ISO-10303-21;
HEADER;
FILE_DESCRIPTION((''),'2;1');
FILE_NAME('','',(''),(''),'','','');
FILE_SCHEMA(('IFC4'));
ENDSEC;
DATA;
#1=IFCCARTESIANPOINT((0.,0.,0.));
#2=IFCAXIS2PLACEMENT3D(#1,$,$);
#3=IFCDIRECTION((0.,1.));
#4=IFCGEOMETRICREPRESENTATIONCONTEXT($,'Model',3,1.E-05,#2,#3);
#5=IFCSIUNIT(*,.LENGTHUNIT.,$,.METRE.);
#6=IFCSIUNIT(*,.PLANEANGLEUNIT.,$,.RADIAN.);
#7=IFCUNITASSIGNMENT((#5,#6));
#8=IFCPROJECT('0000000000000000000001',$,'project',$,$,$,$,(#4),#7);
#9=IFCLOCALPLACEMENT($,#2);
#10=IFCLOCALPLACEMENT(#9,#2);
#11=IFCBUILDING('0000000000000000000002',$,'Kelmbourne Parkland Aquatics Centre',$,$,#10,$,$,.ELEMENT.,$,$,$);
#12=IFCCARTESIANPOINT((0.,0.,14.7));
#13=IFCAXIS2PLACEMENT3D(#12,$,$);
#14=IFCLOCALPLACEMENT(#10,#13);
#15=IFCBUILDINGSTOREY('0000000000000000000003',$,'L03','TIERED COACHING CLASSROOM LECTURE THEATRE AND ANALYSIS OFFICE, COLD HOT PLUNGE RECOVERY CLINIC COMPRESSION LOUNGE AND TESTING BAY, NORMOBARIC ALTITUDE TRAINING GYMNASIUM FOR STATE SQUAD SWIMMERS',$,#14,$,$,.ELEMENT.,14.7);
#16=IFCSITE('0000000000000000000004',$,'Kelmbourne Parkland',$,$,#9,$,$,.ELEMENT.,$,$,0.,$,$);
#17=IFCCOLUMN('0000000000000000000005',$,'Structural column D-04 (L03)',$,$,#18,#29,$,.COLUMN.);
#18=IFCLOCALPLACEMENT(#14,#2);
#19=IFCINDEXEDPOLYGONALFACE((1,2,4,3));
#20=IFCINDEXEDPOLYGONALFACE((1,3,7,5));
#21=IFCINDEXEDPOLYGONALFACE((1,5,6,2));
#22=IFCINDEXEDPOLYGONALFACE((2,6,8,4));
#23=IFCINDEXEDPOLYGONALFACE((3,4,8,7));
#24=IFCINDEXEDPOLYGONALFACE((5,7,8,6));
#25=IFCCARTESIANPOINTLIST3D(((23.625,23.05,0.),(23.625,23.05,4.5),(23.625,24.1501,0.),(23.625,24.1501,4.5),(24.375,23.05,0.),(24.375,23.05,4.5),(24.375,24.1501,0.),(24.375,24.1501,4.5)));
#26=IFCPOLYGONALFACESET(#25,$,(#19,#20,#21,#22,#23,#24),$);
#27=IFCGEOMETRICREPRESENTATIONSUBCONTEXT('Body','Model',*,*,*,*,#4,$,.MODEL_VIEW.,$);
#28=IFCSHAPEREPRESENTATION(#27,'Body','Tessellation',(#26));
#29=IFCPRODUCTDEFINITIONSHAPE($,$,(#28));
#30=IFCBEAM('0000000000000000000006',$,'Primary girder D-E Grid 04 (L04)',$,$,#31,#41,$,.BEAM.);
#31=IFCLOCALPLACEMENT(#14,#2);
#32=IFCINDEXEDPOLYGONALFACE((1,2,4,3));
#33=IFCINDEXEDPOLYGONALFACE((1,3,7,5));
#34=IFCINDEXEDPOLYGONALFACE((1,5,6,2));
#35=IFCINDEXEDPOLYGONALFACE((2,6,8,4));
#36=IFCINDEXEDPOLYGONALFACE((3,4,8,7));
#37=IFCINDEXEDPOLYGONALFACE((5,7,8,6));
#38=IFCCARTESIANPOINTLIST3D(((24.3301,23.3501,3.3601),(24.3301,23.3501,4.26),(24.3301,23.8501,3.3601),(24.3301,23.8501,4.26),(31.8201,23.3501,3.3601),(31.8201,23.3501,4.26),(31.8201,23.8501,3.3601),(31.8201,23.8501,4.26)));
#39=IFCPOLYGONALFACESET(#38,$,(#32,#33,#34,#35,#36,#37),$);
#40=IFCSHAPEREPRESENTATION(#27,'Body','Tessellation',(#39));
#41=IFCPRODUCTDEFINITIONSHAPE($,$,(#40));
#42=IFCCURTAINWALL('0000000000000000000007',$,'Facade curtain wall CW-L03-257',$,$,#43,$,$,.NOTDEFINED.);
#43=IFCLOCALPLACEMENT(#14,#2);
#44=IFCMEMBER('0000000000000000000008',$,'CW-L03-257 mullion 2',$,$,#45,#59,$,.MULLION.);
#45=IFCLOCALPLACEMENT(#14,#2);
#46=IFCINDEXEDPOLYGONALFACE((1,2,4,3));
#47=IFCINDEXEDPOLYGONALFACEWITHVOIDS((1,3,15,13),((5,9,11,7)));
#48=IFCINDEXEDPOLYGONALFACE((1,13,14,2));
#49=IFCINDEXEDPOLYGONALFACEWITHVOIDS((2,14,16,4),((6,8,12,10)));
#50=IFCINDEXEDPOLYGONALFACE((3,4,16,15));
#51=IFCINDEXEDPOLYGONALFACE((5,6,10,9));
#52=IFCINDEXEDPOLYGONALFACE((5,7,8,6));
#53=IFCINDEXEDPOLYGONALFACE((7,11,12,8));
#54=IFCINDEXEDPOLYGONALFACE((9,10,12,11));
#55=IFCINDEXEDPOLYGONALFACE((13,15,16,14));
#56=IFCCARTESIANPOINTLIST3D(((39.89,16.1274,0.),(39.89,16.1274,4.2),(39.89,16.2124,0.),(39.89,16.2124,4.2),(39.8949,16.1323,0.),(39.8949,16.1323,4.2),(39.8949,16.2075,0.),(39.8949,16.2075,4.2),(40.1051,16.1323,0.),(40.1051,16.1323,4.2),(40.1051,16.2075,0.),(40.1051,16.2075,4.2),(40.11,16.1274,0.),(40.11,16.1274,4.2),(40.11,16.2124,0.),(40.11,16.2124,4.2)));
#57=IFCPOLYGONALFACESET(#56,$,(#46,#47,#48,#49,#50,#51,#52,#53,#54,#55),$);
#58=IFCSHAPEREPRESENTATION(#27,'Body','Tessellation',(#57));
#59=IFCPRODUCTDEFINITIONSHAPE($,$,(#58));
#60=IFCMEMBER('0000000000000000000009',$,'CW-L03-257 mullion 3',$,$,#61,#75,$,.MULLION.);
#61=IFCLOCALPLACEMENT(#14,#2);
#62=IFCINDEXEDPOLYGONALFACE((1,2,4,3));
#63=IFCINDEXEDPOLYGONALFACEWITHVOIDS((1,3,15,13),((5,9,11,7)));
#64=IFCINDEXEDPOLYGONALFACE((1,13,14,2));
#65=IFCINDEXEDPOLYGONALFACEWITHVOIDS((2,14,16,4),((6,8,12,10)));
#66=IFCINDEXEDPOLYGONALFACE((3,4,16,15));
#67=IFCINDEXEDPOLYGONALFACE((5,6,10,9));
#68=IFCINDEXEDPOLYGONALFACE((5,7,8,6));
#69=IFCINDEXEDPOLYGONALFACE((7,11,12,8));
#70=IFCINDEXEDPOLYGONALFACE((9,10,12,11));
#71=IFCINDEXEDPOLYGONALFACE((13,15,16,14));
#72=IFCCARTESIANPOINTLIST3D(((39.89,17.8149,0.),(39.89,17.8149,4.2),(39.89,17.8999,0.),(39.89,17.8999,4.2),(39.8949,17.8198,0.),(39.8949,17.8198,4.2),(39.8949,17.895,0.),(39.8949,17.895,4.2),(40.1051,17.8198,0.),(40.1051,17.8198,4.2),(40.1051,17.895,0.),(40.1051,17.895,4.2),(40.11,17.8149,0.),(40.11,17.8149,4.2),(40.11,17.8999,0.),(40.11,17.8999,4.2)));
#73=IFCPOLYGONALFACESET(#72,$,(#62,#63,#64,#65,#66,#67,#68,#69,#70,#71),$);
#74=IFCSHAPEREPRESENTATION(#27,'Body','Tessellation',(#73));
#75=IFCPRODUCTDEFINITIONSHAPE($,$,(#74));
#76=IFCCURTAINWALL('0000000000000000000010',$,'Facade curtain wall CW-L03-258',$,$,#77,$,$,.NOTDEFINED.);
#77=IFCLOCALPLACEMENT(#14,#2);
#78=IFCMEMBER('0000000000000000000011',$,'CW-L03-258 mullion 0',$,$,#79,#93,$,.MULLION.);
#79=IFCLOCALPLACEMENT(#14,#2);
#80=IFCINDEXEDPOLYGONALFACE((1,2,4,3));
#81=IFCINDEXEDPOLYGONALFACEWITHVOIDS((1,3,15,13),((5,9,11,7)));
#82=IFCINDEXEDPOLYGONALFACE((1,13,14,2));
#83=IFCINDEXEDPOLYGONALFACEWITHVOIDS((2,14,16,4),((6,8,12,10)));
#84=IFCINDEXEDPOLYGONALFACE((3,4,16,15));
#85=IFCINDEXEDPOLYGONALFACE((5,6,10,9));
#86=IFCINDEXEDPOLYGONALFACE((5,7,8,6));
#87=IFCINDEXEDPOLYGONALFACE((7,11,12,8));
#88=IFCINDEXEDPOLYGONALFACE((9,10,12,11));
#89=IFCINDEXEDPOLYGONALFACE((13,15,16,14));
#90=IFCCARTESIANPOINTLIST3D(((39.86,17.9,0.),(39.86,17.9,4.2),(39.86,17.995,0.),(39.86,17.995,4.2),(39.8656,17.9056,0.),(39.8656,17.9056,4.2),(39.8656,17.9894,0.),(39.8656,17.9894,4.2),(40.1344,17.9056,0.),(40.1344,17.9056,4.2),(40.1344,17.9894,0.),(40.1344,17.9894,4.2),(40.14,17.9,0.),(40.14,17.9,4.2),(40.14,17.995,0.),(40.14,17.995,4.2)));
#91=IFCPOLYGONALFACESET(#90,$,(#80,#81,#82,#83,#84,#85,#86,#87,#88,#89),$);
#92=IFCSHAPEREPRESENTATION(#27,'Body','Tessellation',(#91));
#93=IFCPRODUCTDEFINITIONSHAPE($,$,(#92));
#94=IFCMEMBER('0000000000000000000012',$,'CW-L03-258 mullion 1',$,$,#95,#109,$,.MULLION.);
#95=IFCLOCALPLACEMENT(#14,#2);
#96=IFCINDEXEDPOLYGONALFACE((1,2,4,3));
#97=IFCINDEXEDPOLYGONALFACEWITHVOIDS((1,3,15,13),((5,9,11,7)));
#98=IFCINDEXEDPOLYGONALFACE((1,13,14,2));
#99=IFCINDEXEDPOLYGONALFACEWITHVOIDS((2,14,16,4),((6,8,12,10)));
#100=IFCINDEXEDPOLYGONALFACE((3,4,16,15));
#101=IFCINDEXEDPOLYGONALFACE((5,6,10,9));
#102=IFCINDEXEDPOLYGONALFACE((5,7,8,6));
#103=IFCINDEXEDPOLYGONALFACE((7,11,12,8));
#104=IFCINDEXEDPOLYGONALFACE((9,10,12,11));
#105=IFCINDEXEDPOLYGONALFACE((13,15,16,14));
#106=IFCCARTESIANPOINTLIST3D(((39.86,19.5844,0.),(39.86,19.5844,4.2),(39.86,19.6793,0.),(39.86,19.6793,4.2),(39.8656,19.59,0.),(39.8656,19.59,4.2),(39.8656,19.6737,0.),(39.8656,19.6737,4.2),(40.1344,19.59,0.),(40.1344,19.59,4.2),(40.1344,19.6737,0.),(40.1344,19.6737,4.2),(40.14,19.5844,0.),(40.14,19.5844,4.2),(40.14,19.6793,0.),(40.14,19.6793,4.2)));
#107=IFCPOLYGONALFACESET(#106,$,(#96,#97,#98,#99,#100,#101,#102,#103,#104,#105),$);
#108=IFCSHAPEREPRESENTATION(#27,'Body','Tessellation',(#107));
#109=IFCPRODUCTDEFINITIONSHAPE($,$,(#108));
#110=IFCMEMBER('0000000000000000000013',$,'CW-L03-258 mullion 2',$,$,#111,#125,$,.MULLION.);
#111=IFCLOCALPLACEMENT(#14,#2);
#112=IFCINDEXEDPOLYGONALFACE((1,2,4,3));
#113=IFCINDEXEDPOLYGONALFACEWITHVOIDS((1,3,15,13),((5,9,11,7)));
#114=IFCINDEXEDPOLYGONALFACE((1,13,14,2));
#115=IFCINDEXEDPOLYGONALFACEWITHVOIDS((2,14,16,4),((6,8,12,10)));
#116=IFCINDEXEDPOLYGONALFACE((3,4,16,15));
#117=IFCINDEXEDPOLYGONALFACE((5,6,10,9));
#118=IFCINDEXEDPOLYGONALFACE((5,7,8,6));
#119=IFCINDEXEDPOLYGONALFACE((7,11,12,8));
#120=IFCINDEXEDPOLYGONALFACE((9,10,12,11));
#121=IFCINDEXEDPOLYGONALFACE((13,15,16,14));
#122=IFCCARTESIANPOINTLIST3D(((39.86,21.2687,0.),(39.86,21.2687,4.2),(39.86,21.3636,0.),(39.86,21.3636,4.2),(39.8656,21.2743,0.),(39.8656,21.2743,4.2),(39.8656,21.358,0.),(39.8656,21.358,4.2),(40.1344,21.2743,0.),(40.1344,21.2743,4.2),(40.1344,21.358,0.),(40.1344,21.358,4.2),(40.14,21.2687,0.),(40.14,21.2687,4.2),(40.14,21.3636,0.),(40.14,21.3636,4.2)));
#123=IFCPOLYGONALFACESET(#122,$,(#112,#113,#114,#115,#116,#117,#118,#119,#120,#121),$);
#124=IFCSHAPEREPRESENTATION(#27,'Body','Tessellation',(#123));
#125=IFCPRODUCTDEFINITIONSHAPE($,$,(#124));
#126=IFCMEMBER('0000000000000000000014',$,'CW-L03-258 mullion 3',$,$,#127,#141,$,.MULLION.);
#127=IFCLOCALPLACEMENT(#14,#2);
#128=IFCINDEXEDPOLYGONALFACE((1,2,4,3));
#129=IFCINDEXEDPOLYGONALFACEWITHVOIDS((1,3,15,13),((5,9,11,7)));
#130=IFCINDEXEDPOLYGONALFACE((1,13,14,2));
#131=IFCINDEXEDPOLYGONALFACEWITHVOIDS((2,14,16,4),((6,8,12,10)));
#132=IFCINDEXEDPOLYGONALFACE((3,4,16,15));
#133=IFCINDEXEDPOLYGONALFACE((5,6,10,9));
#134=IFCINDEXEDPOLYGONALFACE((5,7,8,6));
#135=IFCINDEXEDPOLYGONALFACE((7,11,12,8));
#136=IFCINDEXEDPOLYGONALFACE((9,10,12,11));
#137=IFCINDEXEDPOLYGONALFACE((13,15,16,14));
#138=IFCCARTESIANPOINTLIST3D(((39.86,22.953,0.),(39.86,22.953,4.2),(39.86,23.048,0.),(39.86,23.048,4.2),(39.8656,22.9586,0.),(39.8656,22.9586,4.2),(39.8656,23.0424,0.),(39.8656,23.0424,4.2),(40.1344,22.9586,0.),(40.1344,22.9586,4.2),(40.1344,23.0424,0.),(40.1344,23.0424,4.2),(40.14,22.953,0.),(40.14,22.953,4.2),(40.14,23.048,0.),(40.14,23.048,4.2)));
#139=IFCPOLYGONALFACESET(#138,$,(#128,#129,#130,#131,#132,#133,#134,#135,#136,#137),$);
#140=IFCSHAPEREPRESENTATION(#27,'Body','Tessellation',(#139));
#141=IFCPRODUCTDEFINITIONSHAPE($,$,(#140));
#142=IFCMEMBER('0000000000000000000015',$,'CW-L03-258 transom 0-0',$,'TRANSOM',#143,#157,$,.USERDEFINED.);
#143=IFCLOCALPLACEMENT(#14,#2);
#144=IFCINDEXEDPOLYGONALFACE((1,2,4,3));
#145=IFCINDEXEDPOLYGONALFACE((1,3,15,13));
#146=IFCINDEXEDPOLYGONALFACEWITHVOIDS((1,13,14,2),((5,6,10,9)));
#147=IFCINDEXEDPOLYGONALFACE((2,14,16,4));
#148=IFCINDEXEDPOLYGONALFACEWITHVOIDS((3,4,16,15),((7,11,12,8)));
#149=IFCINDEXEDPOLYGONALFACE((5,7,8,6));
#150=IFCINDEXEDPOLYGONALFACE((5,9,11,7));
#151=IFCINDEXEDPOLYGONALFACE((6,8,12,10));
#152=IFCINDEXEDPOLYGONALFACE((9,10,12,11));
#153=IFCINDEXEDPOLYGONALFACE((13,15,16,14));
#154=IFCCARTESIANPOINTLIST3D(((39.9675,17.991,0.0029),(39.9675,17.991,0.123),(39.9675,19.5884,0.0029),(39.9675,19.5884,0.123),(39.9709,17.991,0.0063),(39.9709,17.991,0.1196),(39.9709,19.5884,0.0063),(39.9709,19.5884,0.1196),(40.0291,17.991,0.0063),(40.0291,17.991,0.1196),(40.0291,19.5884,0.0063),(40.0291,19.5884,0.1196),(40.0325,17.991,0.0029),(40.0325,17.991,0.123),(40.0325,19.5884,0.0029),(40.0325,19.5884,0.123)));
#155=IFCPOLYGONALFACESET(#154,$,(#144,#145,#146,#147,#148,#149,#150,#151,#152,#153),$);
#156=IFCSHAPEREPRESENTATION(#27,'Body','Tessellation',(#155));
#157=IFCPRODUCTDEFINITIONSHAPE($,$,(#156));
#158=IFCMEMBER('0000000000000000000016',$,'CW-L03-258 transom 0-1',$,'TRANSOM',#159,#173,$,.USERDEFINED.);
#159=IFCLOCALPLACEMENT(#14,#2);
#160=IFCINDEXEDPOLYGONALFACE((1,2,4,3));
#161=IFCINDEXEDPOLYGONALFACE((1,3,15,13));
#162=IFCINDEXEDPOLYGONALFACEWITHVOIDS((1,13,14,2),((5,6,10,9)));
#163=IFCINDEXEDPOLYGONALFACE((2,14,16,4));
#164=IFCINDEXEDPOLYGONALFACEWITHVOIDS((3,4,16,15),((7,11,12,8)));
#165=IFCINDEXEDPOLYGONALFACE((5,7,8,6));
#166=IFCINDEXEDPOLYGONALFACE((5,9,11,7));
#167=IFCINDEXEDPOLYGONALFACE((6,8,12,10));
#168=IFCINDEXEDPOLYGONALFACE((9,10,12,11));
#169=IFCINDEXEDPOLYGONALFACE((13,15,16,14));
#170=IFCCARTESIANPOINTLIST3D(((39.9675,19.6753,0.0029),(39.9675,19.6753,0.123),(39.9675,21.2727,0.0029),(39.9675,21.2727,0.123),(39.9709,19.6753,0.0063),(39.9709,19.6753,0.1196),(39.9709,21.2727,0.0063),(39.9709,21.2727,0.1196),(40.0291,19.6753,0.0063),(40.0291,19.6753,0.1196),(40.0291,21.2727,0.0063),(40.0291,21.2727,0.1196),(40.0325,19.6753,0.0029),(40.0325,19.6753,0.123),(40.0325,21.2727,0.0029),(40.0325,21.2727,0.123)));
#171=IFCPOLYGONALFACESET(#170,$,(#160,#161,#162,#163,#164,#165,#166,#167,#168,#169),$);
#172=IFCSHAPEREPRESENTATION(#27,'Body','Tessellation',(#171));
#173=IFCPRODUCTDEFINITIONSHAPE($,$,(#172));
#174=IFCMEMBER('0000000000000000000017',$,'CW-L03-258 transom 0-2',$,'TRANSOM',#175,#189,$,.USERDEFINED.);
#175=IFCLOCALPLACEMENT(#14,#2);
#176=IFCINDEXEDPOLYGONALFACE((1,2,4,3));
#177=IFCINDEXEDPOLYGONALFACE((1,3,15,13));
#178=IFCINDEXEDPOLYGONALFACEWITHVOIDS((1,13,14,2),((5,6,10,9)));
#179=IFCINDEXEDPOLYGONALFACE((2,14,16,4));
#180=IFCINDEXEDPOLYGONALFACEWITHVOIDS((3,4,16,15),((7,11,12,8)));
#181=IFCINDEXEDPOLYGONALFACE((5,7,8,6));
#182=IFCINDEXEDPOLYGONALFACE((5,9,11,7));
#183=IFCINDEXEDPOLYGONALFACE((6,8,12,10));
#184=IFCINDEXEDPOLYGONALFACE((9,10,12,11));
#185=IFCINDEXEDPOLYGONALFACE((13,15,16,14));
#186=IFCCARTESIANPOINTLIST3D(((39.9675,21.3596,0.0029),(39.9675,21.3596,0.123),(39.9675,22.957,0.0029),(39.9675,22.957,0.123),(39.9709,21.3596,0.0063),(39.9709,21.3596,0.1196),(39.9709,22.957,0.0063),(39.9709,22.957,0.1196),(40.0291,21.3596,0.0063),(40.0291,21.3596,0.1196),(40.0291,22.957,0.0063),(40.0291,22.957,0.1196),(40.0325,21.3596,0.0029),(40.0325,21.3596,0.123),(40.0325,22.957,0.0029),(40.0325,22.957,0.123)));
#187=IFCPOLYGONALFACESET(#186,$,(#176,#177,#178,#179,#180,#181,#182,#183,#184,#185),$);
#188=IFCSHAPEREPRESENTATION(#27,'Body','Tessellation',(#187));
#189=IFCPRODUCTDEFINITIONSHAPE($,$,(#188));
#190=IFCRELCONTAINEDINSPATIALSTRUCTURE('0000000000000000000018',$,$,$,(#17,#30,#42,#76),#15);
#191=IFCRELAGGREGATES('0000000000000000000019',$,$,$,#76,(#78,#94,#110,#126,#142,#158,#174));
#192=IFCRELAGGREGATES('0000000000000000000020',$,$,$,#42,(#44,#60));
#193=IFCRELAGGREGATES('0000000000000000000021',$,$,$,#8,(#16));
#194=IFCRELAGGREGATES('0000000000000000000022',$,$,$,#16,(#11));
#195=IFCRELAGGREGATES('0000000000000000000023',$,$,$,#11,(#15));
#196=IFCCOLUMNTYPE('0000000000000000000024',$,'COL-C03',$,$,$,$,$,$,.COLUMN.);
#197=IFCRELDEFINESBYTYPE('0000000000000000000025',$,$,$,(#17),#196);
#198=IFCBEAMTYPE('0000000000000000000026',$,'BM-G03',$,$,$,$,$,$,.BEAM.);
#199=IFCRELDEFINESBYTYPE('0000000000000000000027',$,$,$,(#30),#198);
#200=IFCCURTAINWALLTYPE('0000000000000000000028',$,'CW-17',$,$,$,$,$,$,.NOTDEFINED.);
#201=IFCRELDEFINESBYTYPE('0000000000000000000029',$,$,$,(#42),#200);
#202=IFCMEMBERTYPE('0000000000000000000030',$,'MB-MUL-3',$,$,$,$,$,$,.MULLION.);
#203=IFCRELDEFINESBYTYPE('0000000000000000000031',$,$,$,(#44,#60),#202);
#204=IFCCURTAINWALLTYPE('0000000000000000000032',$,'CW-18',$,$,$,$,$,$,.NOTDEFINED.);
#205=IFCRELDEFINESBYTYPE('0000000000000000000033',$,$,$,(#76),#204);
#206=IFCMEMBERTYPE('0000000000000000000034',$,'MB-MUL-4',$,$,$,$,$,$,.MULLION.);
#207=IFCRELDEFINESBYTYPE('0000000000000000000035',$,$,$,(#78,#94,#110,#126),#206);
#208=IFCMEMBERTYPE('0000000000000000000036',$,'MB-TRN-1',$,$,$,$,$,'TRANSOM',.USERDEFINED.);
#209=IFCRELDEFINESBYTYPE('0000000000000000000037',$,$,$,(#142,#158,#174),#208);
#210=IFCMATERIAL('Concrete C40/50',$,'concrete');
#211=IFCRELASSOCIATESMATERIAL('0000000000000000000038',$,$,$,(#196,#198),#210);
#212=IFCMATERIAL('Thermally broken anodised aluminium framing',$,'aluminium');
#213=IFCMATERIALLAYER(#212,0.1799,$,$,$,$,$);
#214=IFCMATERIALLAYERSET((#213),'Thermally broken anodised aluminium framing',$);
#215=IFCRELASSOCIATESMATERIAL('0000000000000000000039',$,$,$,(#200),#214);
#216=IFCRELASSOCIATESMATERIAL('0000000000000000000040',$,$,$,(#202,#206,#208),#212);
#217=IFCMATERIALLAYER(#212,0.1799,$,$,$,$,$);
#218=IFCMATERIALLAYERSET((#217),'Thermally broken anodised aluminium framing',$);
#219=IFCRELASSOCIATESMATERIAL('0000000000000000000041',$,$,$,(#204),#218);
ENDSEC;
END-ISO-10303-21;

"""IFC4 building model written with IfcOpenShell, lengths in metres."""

from ifc_helpers import new_model, si_unit, direction, frame, origin, origin_2d, place, context, subcontext, project, spatial, rectangle, hollow_rectangle, extrude, material, layer, layer_set, material_profile, profile_set, type_object, element, aggregate, save


model = new_model("IFC4")

# Units and contexts
model_context = context("Model", 3, precision=1e-05, world=origin(), true_north=direction((0.0, 1.0)))
body_context = subcontext(model_context, "Body", "Model", "MODEL_VIEW")
ifc_project = project(units=[si_unit("LENGTHUNIT", "METRE"), si_unit("PLANEANGLEUNIT", "RADIAN")], contexts=[model_context])

# Site, building, storey
site_placement = place(None, origin())
site = spatial("IfcSite", under=ifc_project, at=site_placement, Name="Kelmbourne Parkland", CompositionType="ELEMENT", RefElevation=0.0)
building_placement = place(site_placement, origin())
building = spatial("IfcBuilding", under=site, at=building_placement, Name="Kelmbourne Parkland Aquatics Centre", CompositionType="ELEMENT")
storey_placement = place(building_placement, frame((0.0, 0.0, 14.7)))
storey = spatial("IfcBuildingStorey", under=building, at=storey_placement, Name="L03", Description="TIERED COACHING CLASSROOM LECTURE THEATRE AND ANALYSIS OFFICE, COLD HOT PLUNGE RECOVERY CLINIC COMPRESSION LOUNGE AND TESTING BAY, NORMOBARIC ALTITUDE TRAINING GYMNASIUM FOR STATE SQUAD SWIMMERS", CompositionType="ELEMENT", Elevation=14.7)

# Column
ifc_material_1 = material(Name="Concrete C40/50", Category="concrete")
ifc_material_profile_1 = material_profile(ifc_material_1, rectangle(XDim=0.75, YDim=1.1001, at=origin_2d()), Name="RC 750x1100")
ifc_profile_set_1 = profile_set([ifc_material_profile_1], Name="Concrete C40/50")
column_type = type_object("IfcColumnType", Name="COL-C03", PredefinedType="COLUMN", material=ifc_profile_set_1)
column_placement = place(storey_placement, frame((24.0, 23.6001, 0.0), z_axis=(0.0, 0.0, 1.0), x_axis=(1.0, 0.0, 0.0)))
element("IfcColumn", 1, at=column_placement, inside=storey, type_object=column_type, Name="Structural column D-04 (L03)", PredefinedType="COLUMN", context=body_context, shape_type="SweptSolid", body=[
    extrude(rectangle(XDim=0.75, YDim=1.1001, at=origin_2d()), origin(), (0.0, 0.0, 1.0), 4.5),
])

# Beam
ifc_material_profile_2 = material_profile(ifc_material_1, rectangle(XDim=0.5, YDim=0.8999, at=origin_2d()), Name="RC 500x900")
ifc_profile_set_2 = profile_set([ifc_material_profile_2], Name="Concrete C40/50")
beam_type = type_object("IfcBeamType", Name="BM-G03", PredefinedType="BEAM", material=ifc_profile_set_2)
beam_placement = place(storey_placement, frame((24.3301, 23.6001, 3.8101), z_axis=(1.0, 0.0, 0.0), x_axis=(0.0, 1.0, 0.0)))
element("IfcBeam", 2, at=beam_placement, inside=storey, type_object=beam_type, Name="Primary girder D-E Grid 04 (L04)", PredefinedType="BEAM", context=body_context, shape_type="SweptSolid", body=[
    extrude(rectangle(XDim=0.5, YDim=0.8999, at=origin_2d()), origin(), (0.0, 0.0, 1.0), 7.49),
])

# Curtain walls, members
ifc_material_2 = material(Name="Thermally broken anodised aluminium framing", Category="aluminium")
ifc_layer_1 = layer(ifc_material_2, 0.1799)
ifc_layer_set_1 = layer_set([ifc_layer_1], Name="Thermally broken anodised aluminium framing")
curtain_wall_type_1 = type_object("IfcCurtainWallType", Name="CW-17", PredefinedType="NOTDEFINED", material=ifc_layer_set_1)
curtain_wall_1_placement = place(storey_placement, origin())
curtain_wall_1 = element("IfcCurtainWall", 3, at=curtain_wall_1_placement, inside=storey, type_object=curtain_wall_type_1, Name="Facade curtain wall CW-L03-257", PredefinedType="NOTDEFINED")
ifc_material_profile_3 = material_profile(ifc_material_2, hollow_rectangle(XDim=0.085, YDim=0.22, WallThickness=0.0049, at=origin_2d()), Name="CW-M 85x220")
ifc_profile_set_3 = profile_set([ifc_material_profile_3], Name="Thermally broken anodised aluminium framing")
member_type_1 = type_object("IfcMemberType", Name="MB-MUL-3", PredefinedType="MULLION", material=ifc_profile_set_3)
member_1_placement = place(storey_placement, frame((40.0, 16.1699, 0.0), z_axis=(0.0, 0.0, 1.0), x_axis=(0.0, 1.0, 0.0)))
member_1 = element("IfcMember", 4, at=member_1_placement, type_object=member_type_1, Name="CW-L03-257 mullion 2", PredefinedType="MULLION", context=body_context, shape_type="SweptSolid", body=[
    extrude(hollow_rectangle(XDim=0.085, YDim=0.22, WallThickness=0.0049, at=origin_2d()), origin(), (0.0, 0.0, 1.0), 4.2),
])
member_2_placement = place(storey_placement, frame((40.0, 17.8574, 0.0), z_axis=(0.0, 0.0, 1.0), x_axis=(0.0, 1.0, 0.0)))
member_2 = element("IfcMember", 5, at=member_2_placement, type_object=member_type_1, Name="CW-L03-257 mullion 3", PredefinedType="MULLION", context=body_context, shape_type="SweptSolid", body=[
    extrude(hollow_rectangle(XDim=0.085, YDim=0.22, WallThickness=0.0049, at=origin_2d()), origin(), (0.0, 0.0, 1.0), 4.2),
])
ifc_layer_2 = layer(ifc_material_2, 0.1799)
ifc_layer_set_2 = layer_set([ifc_layer_2], Name="Thermally broken anodised aluminium framing")
curtain_wall_type_2 = type_object("IfcCurtainWallType", Name="CW-18", PredefinedType="NOTDEFINED", material=ifc_layer_set_2)
curtain_wall_2_placement = place(storey_placement, origin())
curtain_wall_2 = element("IfcCurtainWall", 6, at=curtain_wall_2_placement, inside=storey, type_object=curtain_wall_type_2, Name="Facade curtain wall CW-L03-258", PredefinedType="NOTDEFINED")
ifc_material_profile_4 = material_profile(ifc_material_2, hollow_rectangle(XDim=0.095, YDim=0.28, WallThickness=0.0056, at=origin_2d()), Name="CW-M 95x280")
ifc_profile_set_4 = profile_set([ifc_material_profile_4], Name="Thermally broken anodised aluminium framing")
member_type_2 = type_object("IfcMemberType", Name="MB-MUL-4", PredefinedType="MULLION", material=ifc_profile_set_4)
member_3_placement = place(storey_placement, frame((40.0, 17.9475, 0.0), z_axis=(0.0, 0.0, 1.0), x_axis=(0.0, 1.0, 0.0)))
member_3 = element("IfcMember", 7, at=member_3_placement, type_object=member_type_2, Name="CW-L03-258 mullion 0", PredefinedType="MULLION", context=body_context, shape_type="SweptSolid", body=[
    extrude(hollow_rectangle(XDim=0.095, YDim=0.28, WallThickness=0.0056, at=origin_2d()), origin(), (0.0, 0.0, 1.0), 4.2),
])
member_4_placement = place(storey_placement, frame((40.0, 19.6318, 0.0), z_axis=(0.0, 0.0, 1.0), x_axis=(0.0, 1.0, 0.0)))
member_4 = element("IfcMember", 8, at=member_4_placement, type_object=member_type_2, Name="CW-L03-258 mullion 1", PredefinedType="MULLION", context=body_context, shape_type="SweptSolid", body=[
    extrude(hollow_rectangle(XDim=0.095, YDim=0.28, WallThickness=0.0056, at=origin_2d()), origin(), (0.0, 0.0, 1.0), 4.2),
])
member_5_placement = place(storey_placement, frame((40.0, 21.3162, 0.0), z_axis=(0.0, 0.0, 1.0), x_axis=(0.0, 1.0, 0.0)))
member_5 = element("IfcMember", 9, at=member_5_placement, type_object=member_type_2, Name="CW-L03-258 mullion 2", PredefinedType="MULLION", context=body_context, shape_type="SweptSolid", body=[
    extrude(hollow_rectangle(XDim=0.095, YDim=0.28, WallThickness=0.0056, at=origin_2d()), origin(), (0.0, 0.0, 1.0), 4.2),
])
member_6_placement = place(storey_placement, frame((40.0, 23.0005, 0.0), z_axis=(0.0, 0.0, 1.0), x_axis=(0.0, 1.0, 0.0)))
member_6 = element("IfcMember", 10, at=member_6_placement, type_object=member_type_2, Name="CW-L03-258 mullion 3", PredefinedType="MULLION", context=body_context, shape_type="SweptSolid", body=[
    extrude(hollow_rectangle(XDim=0.095, YDim=0.28, WallThickness=0.0056, at=origin_2d()), origin(), (0.0, 0.0, 1.0), 4.2),
])
ifc_material_profile_5 = material_profile(ifc_material_2, hollow_rectangle(XDim=0.0649, YDim=0.1201, WallThickness=0.0034, at=origin_2d()), Name="CW-T 65x120")
ifc_profile_set_5 = profile_set([ifc_material_profile_5], Name="Thermally broken anodised aluminium framing")
member_type_3 = type_object("IfcMemberType", Name="MB-TRN-1", ElementType="TRANSOM", PredefinedType="USERDEFINED", material=ifc_profile_set_5)
member_7_placement = place(storey_placement, frame((40.0, 17.991, 0.063), z_axis=(0.0, 1.0, 0.0), x_axis=(-1.0, 0.0, 0.0)))
member_7 = element("IfcMember", 11, at=member_7_placement, type_object=member_type_3, Name="CW-L03-258 transom 0-0", ObjectType="TRANSOM", PredefinedType="USERDEFINED", context=body_context, shape_type="SweptSolid", body=[
    extrude(hollow_rectangle(XDim=0.0649, YDim=0.1201, WallThickness=0.0034, at=origin_2d()), origin(), (0.0, 0.0, 1.0), 1.5974),
])
member_8_placement = place(storey_placement, frame((40.0, 19.6753, 0.063), z_axis=(0.0, 1.0, 0.0), x_axis=(-1.0, 0.0, 0.0)))
member_8 = element("IfcMember", 12, at=member_8_placement, type_object=member_type_3, Name="CW-L03-258 transom 0-1", ObjectType="TRANSOM", PredefinedType="USERDEFINED", context=body_context, shape_type="SweptSolid", body=[
    extrude(hollow_rectangle(XDim=0.0649, YDim=0.1201, WallThickness=0.0034, at=origin_2d()), origin(), (0.0, 0.0, 1.0), 1.5974),
])
member_9_placement = place(storey_placement, frame((40.0, 21.3596, 0.063), z_axis=(0.0, 1.0, 0.0), x_axis=(-1.0, 0.0, 0.0)))
member_9 = element("IfcMember", 13, at=member_9_placement, type_object=member_type_3, Name="CW-L03-258 transom 0-2", ObjectType="TRANSOM", PredefinedType="USERDEFINED", context=body_context, shape_type="SweptSolid", body=[
    extrude(hollow_rectangle(XDim=0.0649, YDim=0.1201, WallThickness=0.0034, at=origin_2d()), origin(), (0.0, 0.0, 1.0), 1.5974),
])

aggregate(curtain_wall_2, [member_3, member_4, member_5, member_6, member_7, member_8, member_9])
aggregate(curtain_wall_1, [member_1, member_2])

save(model, "model.ifc")
